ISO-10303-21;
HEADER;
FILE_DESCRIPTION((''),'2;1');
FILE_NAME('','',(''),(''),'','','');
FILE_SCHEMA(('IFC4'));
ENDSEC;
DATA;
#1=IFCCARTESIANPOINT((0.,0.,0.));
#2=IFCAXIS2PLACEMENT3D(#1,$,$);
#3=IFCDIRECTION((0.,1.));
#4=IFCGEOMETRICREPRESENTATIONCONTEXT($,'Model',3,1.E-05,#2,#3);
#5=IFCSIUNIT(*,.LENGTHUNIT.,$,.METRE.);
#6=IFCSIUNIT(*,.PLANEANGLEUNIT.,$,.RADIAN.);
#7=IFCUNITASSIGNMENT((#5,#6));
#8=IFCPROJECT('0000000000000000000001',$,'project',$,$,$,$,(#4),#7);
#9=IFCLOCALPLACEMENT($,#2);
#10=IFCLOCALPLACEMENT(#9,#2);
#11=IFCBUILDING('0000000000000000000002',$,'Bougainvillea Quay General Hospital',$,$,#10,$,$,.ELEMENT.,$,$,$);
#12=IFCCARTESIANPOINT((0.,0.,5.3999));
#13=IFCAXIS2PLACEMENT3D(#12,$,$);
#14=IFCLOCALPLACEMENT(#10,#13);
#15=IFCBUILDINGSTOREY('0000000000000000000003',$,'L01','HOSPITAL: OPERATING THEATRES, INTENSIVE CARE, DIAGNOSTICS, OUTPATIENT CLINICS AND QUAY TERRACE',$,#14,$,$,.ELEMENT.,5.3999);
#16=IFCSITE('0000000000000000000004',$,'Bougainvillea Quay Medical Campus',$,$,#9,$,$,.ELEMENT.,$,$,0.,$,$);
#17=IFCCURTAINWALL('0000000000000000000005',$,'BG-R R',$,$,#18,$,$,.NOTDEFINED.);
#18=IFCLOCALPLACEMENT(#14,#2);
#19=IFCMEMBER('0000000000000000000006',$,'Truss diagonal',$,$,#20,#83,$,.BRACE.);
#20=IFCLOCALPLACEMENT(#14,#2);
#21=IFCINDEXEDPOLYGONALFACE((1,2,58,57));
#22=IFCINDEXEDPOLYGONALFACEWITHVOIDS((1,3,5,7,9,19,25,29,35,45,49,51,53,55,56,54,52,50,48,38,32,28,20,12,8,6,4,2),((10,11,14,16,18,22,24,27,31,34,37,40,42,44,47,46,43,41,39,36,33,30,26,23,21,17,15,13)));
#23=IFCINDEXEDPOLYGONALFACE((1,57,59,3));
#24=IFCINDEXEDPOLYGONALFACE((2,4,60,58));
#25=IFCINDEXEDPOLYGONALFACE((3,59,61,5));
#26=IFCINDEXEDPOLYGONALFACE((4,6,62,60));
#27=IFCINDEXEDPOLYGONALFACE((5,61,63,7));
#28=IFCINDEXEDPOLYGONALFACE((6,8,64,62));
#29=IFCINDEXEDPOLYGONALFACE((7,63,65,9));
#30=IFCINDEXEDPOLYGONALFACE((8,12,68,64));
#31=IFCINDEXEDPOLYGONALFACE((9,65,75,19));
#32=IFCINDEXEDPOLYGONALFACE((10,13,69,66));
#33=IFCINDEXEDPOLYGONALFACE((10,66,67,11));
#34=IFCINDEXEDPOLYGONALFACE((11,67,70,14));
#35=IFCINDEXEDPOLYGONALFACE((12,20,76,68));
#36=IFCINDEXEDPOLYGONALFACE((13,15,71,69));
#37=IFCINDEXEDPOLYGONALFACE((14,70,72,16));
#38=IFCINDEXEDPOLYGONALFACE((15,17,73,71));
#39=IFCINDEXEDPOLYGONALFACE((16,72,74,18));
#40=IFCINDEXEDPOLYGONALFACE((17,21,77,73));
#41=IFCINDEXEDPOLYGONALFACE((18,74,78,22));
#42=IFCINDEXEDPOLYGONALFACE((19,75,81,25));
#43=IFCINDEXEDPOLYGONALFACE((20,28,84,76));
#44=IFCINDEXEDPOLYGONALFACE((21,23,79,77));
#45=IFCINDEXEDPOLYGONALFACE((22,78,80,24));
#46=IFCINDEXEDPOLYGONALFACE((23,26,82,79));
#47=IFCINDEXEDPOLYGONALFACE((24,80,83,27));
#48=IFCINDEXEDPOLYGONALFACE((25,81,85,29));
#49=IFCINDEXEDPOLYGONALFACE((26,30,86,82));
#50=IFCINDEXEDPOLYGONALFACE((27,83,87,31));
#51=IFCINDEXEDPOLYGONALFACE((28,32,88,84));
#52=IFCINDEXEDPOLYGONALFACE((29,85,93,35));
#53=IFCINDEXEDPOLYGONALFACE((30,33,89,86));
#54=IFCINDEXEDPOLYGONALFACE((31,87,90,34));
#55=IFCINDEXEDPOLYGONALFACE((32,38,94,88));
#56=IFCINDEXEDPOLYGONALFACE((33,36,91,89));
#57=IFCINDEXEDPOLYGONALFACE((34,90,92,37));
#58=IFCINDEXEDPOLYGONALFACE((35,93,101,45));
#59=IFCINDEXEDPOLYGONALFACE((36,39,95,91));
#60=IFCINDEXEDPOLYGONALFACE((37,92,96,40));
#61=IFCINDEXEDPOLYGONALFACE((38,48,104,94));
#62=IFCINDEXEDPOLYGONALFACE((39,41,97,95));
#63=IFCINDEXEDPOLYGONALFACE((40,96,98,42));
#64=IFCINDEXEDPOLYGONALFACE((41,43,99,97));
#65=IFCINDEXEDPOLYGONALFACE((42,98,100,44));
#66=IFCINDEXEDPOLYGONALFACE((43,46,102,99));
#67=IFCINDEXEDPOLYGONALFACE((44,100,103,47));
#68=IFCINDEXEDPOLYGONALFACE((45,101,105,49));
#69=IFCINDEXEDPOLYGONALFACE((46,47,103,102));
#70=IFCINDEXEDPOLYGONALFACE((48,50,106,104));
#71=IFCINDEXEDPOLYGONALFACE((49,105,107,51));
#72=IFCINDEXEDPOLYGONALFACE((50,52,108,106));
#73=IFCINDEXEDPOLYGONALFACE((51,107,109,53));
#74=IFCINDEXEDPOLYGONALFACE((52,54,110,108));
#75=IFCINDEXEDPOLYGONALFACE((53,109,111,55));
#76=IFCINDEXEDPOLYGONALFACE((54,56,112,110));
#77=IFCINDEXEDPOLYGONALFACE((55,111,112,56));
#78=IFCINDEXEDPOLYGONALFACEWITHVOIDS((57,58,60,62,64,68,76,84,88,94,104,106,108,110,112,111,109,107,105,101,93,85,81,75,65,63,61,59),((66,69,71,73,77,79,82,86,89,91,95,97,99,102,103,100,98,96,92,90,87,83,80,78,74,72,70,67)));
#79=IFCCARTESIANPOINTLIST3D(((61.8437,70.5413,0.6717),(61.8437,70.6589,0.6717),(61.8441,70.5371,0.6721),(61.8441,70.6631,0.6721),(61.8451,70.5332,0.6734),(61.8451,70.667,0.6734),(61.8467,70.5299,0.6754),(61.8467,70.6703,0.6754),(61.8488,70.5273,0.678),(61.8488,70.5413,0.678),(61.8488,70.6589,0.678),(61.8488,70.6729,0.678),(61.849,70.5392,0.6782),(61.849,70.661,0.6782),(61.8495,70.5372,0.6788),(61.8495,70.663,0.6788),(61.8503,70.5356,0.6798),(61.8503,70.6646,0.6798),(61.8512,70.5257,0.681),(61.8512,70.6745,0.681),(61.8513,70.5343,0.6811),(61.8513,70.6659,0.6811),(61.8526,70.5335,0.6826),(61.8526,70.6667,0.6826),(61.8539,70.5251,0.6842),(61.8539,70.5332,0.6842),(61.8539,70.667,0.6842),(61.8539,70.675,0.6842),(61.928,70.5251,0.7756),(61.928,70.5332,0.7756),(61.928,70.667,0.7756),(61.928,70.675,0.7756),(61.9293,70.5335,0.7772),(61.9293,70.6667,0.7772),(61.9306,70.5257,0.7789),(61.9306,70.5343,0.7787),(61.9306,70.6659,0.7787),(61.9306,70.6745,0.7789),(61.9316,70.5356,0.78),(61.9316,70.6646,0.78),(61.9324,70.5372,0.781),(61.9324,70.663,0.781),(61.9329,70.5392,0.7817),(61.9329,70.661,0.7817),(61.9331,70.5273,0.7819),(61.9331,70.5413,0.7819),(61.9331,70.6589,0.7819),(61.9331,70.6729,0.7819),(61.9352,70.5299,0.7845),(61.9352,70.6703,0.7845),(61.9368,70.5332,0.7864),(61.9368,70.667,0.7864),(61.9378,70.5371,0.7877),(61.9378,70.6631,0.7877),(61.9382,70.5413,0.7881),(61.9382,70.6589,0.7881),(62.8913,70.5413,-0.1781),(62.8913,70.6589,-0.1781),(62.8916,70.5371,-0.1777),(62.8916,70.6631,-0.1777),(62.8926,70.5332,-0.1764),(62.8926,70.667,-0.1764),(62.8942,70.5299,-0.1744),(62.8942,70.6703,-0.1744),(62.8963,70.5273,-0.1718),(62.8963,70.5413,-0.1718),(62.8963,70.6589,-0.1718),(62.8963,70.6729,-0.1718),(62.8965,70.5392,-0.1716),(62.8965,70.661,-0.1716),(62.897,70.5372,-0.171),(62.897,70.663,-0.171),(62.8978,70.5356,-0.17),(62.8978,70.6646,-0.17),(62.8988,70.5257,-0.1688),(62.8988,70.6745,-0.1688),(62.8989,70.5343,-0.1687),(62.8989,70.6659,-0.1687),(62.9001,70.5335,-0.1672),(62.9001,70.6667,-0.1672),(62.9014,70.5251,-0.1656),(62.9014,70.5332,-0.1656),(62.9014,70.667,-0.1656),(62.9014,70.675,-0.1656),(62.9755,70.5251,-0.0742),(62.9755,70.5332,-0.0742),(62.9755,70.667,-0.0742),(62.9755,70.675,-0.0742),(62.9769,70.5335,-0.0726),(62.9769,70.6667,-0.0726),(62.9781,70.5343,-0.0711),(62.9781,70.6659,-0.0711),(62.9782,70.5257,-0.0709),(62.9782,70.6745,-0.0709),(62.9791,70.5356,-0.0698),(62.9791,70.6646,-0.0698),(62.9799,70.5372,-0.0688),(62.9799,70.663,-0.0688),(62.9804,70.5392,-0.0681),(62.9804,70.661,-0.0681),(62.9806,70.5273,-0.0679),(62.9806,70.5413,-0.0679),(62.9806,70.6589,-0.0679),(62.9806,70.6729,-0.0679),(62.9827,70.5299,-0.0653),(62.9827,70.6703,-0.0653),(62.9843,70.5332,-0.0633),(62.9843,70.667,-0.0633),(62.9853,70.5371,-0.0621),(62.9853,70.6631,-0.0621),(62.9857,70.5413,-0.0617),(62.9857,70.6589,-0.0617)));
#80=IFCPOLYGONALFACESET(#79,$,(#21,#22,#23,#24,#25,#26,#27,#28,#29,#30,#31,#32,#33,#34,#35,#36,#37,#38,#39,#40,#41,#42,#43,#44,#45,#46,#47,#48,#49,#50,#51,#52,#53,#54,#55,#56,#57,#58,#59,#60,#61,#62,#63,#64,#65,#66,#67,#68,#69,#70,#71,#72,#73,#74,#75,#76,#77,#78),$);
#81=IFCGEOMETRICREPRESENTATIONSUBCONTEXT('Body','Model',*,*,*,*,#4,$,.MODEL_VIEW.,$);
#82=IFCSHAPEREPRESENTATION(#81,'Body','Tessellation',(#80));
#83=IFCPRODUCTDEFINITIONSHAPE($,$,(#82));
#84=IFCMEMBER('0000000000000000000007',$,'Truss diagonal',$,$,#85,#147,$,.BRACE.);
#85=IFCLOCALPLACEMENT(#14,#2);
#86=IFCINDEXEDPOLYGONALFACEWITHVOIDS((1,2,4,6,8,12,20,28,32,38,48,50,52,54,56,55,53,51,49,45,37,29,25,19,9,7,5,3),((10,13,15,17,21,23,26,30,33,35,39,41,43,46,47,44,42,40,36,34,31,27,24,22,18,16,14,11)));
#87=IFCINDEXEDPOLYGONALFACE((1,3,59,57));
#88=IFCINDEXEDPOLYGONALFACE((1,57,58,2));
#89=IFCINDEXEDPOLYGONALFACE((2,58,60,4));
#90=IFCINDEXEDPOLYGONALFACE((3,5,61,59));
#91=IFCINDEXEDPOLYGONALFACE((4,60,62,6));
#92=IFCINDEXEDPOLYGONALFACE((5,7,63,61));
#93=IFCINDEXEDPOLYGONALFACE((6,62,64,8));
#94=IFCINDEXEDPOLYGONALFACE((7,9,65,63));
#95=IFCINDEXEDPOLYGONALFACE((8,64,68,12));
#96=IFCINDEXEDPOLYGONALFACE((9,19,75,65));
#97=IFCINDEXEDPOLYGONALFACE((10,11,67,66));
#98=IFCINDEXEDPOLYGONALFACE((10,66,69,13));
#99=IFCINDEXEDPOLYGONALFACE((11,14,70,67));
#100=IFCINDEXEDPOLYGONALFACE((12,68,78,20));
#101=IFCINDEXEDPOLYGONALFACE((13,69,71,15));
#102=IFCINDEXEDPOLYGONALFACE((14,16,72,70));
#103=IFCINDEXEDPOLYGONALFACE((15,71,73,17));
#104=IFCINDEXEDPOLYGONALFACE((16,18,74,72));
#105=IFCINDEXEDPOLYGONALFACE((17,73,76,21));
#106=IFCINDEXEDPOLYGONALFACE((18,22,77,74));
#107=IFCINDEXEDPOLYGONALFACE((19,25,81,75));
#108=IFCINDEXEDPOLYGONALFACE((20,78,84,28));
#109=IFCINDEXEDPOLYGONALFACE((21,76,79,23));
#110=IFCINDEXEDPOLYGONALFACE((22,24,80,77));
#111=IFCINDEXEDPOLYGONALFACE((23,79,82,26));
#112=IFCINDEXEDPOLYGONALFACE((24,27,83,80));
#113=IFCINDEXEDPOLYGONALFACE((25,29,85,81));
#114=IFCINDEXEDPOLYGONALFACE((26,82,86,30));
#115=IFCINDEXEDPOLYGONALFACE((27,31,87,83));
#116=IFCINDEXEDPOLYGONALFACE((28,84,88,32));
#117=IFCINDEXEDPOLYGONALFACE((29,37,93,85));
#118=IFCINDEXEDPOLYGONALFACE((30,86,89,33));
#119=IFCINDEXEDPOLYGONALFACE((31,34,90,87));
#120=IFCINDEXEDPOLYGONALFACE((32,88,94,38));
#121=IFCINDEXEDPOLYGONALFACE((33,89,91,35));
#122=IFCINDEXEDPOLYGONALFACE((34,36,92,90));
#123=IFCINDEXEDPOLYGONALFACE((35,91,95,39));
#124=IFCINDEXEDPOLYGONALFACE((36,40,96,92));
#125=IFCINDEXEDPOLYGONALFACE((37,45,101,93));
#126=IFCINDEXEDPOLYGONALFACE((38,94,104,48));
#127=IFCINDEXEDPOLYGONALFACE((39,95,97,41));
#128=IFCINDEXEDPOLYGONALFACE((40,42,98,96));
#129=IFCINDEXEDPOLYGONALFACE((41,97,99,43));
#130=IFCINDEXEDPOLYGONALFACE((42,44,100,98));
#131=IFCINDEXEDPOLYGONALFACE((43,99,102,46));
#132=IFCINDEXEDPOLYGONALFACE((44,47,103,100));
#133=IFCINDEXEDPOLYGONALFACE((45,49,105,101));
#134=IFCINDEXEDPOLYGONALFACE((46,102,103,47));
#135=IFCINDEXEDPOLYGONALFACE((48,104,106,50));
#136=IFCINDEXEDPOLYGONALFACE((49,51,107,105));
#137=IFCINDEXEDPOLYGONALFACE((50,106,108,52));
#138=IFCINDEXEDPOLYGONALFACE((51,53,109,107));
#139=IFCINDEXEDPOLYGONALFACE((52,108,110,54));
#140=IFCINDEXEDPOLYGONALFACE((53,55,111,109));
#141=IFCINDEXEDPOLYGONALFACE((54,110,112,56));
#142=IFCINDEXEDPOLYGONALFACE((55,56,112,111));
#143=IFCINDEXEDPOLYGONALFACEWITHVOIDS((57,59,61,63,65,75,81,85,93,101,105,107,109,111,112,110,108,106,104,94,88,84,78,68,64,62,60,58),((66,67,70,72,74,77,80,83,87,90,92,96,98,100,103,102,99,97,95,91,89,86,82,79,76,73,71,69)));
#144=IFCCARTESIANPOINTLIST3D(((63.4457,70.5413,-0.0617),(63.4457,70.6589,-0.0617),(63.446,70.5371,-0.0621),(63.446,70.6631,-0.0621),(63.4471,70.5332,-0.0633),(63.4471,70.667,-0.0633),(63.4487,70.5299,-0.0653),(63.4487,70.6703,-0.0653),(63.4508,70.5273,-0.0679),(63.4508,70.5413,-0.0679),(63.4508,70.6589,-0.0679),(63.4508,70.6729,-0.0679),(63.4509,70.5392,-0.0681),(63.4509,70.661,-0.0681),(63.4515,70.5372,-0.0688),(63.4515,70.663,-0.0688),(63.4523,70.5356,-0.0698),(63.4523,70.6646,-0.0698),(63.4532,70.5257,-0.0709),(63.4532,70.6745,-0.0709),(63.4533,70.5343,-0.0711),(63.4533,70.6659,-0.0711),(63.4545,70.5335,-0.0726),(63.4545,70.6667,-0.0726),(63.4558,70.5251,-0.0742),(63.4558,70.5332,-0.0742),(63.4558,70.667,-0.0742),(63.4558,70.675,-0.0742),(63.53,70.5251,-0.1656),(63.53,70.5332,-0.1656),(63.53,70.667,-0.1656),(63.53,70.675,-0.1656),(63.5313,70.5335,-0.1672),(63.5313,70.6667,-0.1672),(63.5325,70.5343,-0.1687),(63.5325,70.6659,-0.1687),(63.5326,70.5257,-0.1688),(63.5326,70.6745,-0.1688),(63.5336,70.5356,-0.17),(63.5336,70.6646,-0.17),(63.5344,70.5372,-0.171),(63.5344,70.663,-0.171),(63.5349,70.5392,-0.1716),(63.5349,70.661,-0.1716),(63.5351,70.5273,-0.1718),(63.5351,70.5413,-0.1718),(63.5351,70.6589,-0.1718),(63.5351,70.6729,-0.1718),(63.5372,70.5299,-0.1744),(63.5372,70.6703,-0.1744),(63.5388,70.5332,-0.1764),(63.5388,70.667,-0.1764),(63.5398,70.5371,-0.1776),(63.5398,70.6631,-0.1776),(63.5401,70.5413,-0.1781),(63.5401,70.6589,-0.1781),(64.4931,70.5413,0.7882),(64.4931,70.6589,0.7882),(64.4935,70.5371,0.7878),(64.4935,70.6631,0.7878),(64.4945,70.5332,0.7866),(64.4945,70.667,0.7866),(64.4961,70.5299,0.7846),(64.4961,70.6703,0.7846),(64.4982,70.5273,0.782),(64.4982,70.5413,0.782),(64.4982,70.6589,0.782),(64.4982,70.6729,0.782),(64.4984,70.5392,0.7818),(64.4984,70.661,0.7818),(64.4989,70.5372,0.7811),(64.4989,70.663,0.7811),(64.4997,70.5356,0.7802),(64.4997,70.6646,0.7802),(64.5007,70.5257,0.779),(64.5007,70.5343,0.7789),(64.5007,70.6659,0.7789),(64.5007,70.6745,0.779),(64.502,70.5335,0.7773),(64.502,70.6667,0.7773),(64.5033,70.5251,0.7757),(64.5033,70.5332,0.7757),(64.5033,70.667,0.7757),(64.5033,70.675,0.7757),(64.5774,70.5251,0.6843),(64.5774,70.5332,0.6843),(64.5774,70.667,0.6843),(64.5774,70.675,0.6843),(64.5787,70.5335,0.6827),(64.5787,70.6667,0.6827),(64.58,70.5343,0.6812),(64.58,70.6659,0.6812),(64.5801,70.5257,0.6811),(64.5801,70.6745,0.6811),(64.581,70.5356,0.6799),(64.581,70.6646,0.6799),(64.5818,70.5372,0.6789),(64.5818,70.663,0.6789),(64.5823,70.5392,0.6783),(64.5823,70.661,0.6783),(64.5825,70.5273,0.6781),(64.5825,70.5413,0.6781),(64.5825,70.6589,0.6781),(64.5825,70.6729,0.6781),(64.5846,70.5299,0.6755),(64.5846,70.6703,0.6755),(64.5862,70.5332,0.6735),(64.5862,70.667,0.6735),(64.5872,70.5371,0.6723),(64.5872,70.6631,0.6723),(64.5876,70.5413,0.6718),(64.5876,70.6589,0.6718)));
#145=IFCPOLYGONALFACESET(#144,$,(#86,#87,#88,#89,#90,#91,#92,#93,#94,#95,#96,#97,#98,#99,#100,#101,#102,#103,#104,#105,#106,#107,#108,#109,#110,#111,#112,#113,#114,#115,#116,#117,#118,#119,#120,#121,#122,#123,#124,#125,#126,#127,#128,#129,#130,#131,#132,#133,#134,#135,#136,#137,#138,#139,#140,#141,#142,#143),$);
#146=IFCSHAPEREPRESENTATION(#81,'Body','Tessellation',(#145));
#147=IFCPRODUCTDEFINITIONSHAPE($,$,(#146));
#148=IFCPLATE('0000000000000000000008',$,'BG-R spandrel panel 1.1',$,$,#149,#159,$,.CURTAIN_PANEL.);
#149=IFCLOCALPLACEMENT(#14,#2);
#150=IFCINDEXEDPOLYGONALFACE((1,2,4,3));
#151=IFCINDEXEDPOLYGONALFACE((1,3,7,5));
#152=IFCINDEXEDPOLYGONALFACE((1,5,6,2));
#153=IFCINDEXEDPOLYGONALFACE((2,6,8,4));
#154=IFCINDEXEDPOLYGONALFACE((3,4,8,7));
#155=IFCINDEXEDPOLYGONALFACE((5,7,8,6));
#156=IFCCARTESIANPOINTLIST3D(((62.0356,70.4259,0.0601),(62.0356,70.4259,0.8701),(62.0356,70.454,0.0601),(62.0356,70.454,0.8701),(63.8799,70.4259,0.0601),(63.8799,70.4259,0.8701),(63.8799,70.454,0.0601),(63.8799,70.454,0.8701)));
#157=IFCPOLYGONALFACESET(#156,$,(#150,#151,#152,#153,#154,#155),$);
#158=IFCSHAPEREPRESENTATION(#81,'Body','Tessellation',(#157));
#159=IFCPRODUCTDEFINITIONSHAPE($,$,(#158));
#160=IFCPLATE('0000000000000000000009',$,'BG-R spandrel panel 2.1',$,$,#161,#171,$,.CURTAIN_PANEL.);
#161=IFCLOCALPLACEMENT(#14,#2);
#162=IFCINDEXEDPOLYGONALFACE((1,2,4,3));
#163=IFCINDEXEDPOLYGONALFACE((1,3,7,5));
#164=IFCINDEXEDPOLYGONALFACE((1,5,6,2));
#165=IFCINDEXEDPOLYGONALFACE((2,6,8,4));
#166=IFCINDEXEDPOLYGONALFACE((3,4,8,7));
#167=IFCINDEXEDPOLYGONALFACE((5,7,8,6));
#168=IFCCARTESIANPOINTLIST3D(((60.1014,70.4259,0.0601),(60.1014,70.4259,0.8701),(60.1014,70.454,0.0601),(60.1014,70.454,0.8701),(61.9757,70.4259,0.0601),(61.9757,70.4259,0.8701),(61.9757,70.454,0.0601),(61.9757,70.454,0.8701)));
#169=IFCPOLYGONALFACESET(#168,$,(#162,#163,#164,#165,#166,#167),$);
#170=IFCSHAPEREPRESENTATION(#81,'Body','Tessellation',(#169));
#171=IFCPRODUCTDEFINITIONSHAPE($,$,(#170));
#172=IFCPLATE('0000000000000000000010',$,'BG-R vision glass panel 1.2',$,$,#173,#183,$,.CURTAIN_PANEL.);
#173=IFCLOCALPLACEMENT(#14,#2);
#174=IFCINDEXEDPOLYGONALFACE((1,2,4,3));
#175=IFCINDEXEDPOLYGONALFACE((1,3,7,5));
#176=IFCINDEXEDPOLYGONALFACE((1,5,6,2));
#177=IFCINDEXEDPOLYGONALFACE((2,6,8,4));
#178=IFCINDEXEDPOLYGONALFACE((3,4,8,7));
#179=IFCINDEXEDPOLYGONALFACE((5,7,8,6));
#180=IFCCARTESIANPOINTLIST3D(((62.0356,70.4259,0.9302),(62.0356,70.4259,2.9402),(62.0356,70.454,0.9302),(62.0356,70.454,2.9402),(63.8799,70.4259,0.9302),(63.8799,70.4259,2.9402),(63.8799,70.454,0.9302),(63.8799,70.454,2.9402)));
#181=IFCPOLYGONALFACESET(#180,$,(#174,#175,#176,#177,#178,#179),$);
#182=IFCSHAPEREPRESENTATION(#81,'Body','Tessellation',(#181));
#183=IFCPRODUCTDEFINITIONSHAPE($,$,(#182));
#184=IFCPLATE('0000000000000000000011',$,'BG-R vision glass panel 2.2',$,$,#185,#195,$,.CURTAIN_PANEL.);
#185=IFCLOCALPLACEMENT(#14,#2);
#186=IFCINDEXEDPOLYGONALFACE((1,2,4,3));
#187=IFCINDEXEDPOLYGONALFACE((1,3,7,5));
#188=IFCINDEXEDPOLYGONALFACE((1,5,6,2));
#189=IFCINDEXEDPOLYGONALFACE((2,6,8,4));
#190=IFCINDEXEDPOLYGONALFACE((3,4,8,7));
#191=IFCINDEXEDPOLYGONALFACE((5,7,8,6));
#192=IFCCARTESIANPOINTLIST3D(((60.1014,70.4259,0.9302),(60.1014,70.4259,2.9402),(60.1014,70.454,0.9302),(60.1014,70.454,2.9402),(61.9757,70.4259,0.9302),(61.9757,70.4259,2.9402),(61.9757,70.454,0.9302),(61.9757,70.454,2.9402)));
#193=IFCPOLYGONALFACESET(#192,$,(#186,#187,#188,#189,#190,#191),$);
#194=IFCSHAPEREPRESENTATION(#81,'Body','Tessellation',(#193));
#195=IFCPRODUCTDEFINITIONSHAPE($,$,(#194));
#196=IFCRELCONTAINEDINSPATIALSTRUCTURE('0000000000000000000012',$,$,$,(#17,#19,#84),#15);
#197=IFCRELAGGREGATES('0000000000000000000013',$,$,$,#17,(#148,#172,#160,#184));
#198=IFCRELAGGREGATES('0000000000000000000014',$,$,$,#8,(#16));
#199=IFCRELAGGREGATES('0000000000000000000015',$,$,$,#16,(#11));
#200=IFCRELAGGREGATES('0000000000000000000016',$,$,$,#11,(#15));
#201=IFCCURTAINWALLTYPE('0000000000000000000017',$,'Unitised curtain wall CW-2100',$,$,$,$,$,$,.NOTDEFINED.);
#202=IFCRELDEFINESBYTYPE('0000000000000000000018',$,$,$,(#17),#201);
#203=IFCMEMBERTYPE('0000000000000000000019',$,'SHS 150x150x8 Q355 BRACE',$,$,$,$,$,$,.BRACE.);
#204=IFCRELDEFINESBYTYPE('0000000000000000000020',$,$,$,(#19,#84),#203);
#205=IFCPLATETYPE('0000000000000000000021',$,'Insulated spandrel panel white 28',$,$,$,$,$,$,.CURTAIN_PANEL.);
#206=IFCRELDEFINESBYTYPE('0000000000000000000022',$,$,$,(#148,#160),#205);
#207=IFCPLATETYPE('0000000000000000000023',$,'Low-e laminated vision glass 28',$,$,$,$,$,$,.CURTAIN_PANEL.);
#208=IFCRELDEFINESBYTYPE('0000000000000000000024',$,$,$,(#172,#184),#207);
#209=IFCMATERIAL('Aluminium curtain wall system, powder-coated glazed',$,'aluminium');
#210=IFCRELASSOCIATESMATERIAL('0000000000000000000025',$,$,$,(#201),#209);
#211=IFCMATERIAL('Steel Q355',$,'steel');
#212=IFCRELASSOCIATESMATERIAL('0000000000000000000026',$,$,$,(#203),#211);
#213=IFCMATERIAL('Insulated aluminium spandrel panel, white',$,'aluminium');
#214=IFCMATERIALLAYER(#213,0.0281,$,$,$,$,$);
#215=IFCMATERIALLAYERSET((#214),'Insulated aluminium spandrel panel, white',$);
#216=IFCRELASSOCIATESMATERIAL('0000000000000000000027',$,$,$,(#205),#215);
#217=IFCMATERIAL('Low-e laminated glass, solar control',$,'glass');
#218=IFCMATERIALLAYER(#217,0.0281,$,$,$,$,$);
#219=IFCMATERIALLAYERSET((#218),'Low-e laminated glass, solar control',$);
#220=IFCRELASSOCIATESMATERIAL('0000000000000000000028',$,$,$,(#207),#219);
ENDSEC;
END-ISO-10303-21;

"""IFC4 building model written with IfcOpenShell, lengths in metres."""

from ifc_helpers import new_model, si_unit, direction, frame, origin, origin_2d, place, context, subcontext, project, spatial, rectangle, hollow_rectangle, extrude, material, layer, layer_set, material_profile, profile_set, type_object, element, aggregate, save


model = new_model("IFC4")

# Units and contexts
model_context = context("Model", 3, precision=1e-05, world=origin(), true_north=direction((0.0, 1.0)))
body_context = subcontext(model_context, "Body", "Model", "MODEL_VIEW")
ifc_project = project(units=[si_unit("LENGTHUNIT", "METRE"), si_unit("PLANEANGLEUNIT", "RADIAN")], contexts=[model_context])

# Site, building, storey
site_placement = place(None, origin())
site = spatial("IfcSite", under=ifc_project, at=site_placement, Name="Bougainvillea Quay Medical Campus", CompositionType="ELEMENT", RefElevation=0.0)
building_placement = place(site_placement, origin())
building = spatial("IfcBuilding", under=site, at=building_placement, Name="Bougainvillea Quay General Hospital", CompositionType="ELEMENT")
storey_placement = place(building_placement, frame((0.0, 0.0, 5.3999)))
storey = spatial("IfcBuildingStorey", under=building, at=storey_placement, Name="L01", Description="HOSPITAL: OPERATING THEATRES, INTENSIVE CARE, DIAGNOSTICS, OUTPATIENT CLINICS AND QUAY TERRACE", CompositionType="ELEMENT", Elevation=5.3999)

# Curtain wall
ifc_material_1 = material(Name="Aluminium curtain wall system, powder-coated glazed", Category="aluminium")
curtain_wall_type = type_object("IfcCurtainWallType", Name="Unitised curtain wall CW-2100", PredefinedType="NOTDEFINED", material=ifc_material_1)
curtain_wall_placement = place(storey_placement, origin())
curtain_wall = element("IfcCurtainWall", 1, at=curtain_wall_placement, inside=storey, type_object=curtain_wall_type, Name="BG-R R", PredefinedType="NOTDEFINED")

# Members
ifc_material_2 = material(Name="Steel Q355", Category="steel")
ifc_material_profile_1 = material_profile(ifc_material_2, hollow_rectangle(XDim=0.1499, YDim=0.1499, WallThickness=0.0081, InnerFilletRadius=0.0081, OuterFilletRadius=0.0161, at=origin_2d()))
ifc_profile_set_1 = profile_set([ifc_material_profile_1], Name="Steel Q355")
member_type_1 = type_object("IfcMemberType", Name="SHS 150x150x8 Q355 BRACE", PredefinedType="BRACE", material=ifc_profile_set_1)
for number, where, z_axis, x_axis, name in (
    (2, (62.9385, 70.6001, -0.1199), (-0.776595, 0.0, 0.63), (0.0, -1.0, 0.0), "Truss diagonal"),
    (3, (63.4929, 70.6001, -0.1199), (0.776524, 0.0, 0.630088), (0.0, 1.0, 0.0), "Truss diagonal"),
):
    element("IfcMember", number, at=place(storey_placement, frame(where, z_axis=z_axis, x_axis=x_axis)), inside=storey, type_object=member_type_1, Name=name, PredefinedType="BRACE", context=body_context, shape_type="SweptSolid", body=[
        extrude(hollow_rectangle(XDim=0.1499, YDim=0.1499, WallThickness=0.0081, InnerFilletRadius=0.0081, OuterFilletRadius=0.0161, at=origin_2d()), origin(), (0.0, 0.0, 1.0), 1.3489),
    ])

# Plates
ifc_material_3 = material(Name="Insulated aluminium spandrel panel, white", Category="aluminium")
ifc_layer_1 = layer(ifc_material_3, 0.0281)
ifc_layer_set_1 = layer_set([ifc_layer_1], Name="Insulated aluminium spandrel panel, white")
plate_type_1 = type_object("IfcPlateType", Name="Insulated spandrel panel white 28", PredefinedType="CURTAIN_PANEL", material=ifc_layer_set_1)
plate_1_placement = place(storey_placement, frame((62.9578, 70.4399, 0.0601), z_axis=(0.0, 0.0, 1.0), x_axis=(-1.0, 0.0, 0.0)))
plate_1 = element("IfcPlate", 4, at=plate_1_placement, type_object=plate_type_1, Name="BG-R spandrel panel 1.1", PredefinedType="CURTAIN_PANEL", context=body_context, shape_type="SweptSolid", body=[
    extrude(rectangle(XDim=1.8442, YDim=0.0281, at=origin_2d()), origin(), (0.0, 0.0, 1.0), 0.8101),
])
plate_2_placement = place(storey_placement, frame((61.0386, 70.4399, 0.0601), z_axis=(0.0, 0.0, 1.0), x_axis=(-1.0, 0.0, 0.0)))
plate_2 = element("IfcPlate", 5, at=plate_2_placement, type_object=plate_type_1, Name="BG-R spandrel panel 2.1", PredefinedType="CURTAIN_PANEL", context=body_context, shape_type="SweptSolid", body=[
    extrude(rectangle(XDim=1.8743, YDim=0.0281, at=origin_2d()), origin(), (0.0, 0.0, 1.0), 0.8101),
])
ifc_material_4 = material(Name="Low-e laminated glass, solar control", Category="glass")
ifc_layer_2 = layer(ifc_material_4, 0.0281)
ifc_layer_set_2 = layer_set([ifc_layer_2], Name="Low-e laminated glass, solar control")
plate_type_2 = type_object("IfcPlateType", Name="Low-e laminated vision glass 28", PredefinedType="CURTAIN_PANEL", material=ifc_layer_set_2)
plate_3_placement = place(storey_placement, frame((62.9578, 70.4399, 0.9302), z_axis=(0.0, 0.0, 1.0), x_axis=(-1.0, 0.0, 0.0)))
plate_3 = element("IfcPlate", 6, at=plate_3_placement, type_object=plate_type_2, Name="BG-R vision glass panel 1.2", PredefinedType="CURTAIN_PANEL", context=body_context, shape_type="SweptSolid", body=[
    extrude(rectangle(XDim=1.8442, YDim=0.0281, at=origin_2d()), origin(), (0.0, 0.0, 1.0), 2.01),
])
plate_4_placement = place(storey_placement, frame((61.0386, 70.4399, 0.9302), z_axis=(0.0, 0.0, 1.0), x_axis=(-1.0, 0.0, 0.0)))
plate_4 = element("IfcPlate", 7, at=plate_4_placement, type_object=plate_type_2, Name="BG-R vision glass panel 2.2", PredefinedType="CURTAIN_PANEL", context=body_context, shape_type="SweptSolid", body=[
    extrude(rectangle(XDim=1.8743, YDim=0.0281, at=origin_2d()), origin(), (0.0, 0.0, 1.0), 2.01),
])
aggregate(curtain_wall, [plate_1, plate_3, plate_2, plate_4])

save(model, "model.ifc")
